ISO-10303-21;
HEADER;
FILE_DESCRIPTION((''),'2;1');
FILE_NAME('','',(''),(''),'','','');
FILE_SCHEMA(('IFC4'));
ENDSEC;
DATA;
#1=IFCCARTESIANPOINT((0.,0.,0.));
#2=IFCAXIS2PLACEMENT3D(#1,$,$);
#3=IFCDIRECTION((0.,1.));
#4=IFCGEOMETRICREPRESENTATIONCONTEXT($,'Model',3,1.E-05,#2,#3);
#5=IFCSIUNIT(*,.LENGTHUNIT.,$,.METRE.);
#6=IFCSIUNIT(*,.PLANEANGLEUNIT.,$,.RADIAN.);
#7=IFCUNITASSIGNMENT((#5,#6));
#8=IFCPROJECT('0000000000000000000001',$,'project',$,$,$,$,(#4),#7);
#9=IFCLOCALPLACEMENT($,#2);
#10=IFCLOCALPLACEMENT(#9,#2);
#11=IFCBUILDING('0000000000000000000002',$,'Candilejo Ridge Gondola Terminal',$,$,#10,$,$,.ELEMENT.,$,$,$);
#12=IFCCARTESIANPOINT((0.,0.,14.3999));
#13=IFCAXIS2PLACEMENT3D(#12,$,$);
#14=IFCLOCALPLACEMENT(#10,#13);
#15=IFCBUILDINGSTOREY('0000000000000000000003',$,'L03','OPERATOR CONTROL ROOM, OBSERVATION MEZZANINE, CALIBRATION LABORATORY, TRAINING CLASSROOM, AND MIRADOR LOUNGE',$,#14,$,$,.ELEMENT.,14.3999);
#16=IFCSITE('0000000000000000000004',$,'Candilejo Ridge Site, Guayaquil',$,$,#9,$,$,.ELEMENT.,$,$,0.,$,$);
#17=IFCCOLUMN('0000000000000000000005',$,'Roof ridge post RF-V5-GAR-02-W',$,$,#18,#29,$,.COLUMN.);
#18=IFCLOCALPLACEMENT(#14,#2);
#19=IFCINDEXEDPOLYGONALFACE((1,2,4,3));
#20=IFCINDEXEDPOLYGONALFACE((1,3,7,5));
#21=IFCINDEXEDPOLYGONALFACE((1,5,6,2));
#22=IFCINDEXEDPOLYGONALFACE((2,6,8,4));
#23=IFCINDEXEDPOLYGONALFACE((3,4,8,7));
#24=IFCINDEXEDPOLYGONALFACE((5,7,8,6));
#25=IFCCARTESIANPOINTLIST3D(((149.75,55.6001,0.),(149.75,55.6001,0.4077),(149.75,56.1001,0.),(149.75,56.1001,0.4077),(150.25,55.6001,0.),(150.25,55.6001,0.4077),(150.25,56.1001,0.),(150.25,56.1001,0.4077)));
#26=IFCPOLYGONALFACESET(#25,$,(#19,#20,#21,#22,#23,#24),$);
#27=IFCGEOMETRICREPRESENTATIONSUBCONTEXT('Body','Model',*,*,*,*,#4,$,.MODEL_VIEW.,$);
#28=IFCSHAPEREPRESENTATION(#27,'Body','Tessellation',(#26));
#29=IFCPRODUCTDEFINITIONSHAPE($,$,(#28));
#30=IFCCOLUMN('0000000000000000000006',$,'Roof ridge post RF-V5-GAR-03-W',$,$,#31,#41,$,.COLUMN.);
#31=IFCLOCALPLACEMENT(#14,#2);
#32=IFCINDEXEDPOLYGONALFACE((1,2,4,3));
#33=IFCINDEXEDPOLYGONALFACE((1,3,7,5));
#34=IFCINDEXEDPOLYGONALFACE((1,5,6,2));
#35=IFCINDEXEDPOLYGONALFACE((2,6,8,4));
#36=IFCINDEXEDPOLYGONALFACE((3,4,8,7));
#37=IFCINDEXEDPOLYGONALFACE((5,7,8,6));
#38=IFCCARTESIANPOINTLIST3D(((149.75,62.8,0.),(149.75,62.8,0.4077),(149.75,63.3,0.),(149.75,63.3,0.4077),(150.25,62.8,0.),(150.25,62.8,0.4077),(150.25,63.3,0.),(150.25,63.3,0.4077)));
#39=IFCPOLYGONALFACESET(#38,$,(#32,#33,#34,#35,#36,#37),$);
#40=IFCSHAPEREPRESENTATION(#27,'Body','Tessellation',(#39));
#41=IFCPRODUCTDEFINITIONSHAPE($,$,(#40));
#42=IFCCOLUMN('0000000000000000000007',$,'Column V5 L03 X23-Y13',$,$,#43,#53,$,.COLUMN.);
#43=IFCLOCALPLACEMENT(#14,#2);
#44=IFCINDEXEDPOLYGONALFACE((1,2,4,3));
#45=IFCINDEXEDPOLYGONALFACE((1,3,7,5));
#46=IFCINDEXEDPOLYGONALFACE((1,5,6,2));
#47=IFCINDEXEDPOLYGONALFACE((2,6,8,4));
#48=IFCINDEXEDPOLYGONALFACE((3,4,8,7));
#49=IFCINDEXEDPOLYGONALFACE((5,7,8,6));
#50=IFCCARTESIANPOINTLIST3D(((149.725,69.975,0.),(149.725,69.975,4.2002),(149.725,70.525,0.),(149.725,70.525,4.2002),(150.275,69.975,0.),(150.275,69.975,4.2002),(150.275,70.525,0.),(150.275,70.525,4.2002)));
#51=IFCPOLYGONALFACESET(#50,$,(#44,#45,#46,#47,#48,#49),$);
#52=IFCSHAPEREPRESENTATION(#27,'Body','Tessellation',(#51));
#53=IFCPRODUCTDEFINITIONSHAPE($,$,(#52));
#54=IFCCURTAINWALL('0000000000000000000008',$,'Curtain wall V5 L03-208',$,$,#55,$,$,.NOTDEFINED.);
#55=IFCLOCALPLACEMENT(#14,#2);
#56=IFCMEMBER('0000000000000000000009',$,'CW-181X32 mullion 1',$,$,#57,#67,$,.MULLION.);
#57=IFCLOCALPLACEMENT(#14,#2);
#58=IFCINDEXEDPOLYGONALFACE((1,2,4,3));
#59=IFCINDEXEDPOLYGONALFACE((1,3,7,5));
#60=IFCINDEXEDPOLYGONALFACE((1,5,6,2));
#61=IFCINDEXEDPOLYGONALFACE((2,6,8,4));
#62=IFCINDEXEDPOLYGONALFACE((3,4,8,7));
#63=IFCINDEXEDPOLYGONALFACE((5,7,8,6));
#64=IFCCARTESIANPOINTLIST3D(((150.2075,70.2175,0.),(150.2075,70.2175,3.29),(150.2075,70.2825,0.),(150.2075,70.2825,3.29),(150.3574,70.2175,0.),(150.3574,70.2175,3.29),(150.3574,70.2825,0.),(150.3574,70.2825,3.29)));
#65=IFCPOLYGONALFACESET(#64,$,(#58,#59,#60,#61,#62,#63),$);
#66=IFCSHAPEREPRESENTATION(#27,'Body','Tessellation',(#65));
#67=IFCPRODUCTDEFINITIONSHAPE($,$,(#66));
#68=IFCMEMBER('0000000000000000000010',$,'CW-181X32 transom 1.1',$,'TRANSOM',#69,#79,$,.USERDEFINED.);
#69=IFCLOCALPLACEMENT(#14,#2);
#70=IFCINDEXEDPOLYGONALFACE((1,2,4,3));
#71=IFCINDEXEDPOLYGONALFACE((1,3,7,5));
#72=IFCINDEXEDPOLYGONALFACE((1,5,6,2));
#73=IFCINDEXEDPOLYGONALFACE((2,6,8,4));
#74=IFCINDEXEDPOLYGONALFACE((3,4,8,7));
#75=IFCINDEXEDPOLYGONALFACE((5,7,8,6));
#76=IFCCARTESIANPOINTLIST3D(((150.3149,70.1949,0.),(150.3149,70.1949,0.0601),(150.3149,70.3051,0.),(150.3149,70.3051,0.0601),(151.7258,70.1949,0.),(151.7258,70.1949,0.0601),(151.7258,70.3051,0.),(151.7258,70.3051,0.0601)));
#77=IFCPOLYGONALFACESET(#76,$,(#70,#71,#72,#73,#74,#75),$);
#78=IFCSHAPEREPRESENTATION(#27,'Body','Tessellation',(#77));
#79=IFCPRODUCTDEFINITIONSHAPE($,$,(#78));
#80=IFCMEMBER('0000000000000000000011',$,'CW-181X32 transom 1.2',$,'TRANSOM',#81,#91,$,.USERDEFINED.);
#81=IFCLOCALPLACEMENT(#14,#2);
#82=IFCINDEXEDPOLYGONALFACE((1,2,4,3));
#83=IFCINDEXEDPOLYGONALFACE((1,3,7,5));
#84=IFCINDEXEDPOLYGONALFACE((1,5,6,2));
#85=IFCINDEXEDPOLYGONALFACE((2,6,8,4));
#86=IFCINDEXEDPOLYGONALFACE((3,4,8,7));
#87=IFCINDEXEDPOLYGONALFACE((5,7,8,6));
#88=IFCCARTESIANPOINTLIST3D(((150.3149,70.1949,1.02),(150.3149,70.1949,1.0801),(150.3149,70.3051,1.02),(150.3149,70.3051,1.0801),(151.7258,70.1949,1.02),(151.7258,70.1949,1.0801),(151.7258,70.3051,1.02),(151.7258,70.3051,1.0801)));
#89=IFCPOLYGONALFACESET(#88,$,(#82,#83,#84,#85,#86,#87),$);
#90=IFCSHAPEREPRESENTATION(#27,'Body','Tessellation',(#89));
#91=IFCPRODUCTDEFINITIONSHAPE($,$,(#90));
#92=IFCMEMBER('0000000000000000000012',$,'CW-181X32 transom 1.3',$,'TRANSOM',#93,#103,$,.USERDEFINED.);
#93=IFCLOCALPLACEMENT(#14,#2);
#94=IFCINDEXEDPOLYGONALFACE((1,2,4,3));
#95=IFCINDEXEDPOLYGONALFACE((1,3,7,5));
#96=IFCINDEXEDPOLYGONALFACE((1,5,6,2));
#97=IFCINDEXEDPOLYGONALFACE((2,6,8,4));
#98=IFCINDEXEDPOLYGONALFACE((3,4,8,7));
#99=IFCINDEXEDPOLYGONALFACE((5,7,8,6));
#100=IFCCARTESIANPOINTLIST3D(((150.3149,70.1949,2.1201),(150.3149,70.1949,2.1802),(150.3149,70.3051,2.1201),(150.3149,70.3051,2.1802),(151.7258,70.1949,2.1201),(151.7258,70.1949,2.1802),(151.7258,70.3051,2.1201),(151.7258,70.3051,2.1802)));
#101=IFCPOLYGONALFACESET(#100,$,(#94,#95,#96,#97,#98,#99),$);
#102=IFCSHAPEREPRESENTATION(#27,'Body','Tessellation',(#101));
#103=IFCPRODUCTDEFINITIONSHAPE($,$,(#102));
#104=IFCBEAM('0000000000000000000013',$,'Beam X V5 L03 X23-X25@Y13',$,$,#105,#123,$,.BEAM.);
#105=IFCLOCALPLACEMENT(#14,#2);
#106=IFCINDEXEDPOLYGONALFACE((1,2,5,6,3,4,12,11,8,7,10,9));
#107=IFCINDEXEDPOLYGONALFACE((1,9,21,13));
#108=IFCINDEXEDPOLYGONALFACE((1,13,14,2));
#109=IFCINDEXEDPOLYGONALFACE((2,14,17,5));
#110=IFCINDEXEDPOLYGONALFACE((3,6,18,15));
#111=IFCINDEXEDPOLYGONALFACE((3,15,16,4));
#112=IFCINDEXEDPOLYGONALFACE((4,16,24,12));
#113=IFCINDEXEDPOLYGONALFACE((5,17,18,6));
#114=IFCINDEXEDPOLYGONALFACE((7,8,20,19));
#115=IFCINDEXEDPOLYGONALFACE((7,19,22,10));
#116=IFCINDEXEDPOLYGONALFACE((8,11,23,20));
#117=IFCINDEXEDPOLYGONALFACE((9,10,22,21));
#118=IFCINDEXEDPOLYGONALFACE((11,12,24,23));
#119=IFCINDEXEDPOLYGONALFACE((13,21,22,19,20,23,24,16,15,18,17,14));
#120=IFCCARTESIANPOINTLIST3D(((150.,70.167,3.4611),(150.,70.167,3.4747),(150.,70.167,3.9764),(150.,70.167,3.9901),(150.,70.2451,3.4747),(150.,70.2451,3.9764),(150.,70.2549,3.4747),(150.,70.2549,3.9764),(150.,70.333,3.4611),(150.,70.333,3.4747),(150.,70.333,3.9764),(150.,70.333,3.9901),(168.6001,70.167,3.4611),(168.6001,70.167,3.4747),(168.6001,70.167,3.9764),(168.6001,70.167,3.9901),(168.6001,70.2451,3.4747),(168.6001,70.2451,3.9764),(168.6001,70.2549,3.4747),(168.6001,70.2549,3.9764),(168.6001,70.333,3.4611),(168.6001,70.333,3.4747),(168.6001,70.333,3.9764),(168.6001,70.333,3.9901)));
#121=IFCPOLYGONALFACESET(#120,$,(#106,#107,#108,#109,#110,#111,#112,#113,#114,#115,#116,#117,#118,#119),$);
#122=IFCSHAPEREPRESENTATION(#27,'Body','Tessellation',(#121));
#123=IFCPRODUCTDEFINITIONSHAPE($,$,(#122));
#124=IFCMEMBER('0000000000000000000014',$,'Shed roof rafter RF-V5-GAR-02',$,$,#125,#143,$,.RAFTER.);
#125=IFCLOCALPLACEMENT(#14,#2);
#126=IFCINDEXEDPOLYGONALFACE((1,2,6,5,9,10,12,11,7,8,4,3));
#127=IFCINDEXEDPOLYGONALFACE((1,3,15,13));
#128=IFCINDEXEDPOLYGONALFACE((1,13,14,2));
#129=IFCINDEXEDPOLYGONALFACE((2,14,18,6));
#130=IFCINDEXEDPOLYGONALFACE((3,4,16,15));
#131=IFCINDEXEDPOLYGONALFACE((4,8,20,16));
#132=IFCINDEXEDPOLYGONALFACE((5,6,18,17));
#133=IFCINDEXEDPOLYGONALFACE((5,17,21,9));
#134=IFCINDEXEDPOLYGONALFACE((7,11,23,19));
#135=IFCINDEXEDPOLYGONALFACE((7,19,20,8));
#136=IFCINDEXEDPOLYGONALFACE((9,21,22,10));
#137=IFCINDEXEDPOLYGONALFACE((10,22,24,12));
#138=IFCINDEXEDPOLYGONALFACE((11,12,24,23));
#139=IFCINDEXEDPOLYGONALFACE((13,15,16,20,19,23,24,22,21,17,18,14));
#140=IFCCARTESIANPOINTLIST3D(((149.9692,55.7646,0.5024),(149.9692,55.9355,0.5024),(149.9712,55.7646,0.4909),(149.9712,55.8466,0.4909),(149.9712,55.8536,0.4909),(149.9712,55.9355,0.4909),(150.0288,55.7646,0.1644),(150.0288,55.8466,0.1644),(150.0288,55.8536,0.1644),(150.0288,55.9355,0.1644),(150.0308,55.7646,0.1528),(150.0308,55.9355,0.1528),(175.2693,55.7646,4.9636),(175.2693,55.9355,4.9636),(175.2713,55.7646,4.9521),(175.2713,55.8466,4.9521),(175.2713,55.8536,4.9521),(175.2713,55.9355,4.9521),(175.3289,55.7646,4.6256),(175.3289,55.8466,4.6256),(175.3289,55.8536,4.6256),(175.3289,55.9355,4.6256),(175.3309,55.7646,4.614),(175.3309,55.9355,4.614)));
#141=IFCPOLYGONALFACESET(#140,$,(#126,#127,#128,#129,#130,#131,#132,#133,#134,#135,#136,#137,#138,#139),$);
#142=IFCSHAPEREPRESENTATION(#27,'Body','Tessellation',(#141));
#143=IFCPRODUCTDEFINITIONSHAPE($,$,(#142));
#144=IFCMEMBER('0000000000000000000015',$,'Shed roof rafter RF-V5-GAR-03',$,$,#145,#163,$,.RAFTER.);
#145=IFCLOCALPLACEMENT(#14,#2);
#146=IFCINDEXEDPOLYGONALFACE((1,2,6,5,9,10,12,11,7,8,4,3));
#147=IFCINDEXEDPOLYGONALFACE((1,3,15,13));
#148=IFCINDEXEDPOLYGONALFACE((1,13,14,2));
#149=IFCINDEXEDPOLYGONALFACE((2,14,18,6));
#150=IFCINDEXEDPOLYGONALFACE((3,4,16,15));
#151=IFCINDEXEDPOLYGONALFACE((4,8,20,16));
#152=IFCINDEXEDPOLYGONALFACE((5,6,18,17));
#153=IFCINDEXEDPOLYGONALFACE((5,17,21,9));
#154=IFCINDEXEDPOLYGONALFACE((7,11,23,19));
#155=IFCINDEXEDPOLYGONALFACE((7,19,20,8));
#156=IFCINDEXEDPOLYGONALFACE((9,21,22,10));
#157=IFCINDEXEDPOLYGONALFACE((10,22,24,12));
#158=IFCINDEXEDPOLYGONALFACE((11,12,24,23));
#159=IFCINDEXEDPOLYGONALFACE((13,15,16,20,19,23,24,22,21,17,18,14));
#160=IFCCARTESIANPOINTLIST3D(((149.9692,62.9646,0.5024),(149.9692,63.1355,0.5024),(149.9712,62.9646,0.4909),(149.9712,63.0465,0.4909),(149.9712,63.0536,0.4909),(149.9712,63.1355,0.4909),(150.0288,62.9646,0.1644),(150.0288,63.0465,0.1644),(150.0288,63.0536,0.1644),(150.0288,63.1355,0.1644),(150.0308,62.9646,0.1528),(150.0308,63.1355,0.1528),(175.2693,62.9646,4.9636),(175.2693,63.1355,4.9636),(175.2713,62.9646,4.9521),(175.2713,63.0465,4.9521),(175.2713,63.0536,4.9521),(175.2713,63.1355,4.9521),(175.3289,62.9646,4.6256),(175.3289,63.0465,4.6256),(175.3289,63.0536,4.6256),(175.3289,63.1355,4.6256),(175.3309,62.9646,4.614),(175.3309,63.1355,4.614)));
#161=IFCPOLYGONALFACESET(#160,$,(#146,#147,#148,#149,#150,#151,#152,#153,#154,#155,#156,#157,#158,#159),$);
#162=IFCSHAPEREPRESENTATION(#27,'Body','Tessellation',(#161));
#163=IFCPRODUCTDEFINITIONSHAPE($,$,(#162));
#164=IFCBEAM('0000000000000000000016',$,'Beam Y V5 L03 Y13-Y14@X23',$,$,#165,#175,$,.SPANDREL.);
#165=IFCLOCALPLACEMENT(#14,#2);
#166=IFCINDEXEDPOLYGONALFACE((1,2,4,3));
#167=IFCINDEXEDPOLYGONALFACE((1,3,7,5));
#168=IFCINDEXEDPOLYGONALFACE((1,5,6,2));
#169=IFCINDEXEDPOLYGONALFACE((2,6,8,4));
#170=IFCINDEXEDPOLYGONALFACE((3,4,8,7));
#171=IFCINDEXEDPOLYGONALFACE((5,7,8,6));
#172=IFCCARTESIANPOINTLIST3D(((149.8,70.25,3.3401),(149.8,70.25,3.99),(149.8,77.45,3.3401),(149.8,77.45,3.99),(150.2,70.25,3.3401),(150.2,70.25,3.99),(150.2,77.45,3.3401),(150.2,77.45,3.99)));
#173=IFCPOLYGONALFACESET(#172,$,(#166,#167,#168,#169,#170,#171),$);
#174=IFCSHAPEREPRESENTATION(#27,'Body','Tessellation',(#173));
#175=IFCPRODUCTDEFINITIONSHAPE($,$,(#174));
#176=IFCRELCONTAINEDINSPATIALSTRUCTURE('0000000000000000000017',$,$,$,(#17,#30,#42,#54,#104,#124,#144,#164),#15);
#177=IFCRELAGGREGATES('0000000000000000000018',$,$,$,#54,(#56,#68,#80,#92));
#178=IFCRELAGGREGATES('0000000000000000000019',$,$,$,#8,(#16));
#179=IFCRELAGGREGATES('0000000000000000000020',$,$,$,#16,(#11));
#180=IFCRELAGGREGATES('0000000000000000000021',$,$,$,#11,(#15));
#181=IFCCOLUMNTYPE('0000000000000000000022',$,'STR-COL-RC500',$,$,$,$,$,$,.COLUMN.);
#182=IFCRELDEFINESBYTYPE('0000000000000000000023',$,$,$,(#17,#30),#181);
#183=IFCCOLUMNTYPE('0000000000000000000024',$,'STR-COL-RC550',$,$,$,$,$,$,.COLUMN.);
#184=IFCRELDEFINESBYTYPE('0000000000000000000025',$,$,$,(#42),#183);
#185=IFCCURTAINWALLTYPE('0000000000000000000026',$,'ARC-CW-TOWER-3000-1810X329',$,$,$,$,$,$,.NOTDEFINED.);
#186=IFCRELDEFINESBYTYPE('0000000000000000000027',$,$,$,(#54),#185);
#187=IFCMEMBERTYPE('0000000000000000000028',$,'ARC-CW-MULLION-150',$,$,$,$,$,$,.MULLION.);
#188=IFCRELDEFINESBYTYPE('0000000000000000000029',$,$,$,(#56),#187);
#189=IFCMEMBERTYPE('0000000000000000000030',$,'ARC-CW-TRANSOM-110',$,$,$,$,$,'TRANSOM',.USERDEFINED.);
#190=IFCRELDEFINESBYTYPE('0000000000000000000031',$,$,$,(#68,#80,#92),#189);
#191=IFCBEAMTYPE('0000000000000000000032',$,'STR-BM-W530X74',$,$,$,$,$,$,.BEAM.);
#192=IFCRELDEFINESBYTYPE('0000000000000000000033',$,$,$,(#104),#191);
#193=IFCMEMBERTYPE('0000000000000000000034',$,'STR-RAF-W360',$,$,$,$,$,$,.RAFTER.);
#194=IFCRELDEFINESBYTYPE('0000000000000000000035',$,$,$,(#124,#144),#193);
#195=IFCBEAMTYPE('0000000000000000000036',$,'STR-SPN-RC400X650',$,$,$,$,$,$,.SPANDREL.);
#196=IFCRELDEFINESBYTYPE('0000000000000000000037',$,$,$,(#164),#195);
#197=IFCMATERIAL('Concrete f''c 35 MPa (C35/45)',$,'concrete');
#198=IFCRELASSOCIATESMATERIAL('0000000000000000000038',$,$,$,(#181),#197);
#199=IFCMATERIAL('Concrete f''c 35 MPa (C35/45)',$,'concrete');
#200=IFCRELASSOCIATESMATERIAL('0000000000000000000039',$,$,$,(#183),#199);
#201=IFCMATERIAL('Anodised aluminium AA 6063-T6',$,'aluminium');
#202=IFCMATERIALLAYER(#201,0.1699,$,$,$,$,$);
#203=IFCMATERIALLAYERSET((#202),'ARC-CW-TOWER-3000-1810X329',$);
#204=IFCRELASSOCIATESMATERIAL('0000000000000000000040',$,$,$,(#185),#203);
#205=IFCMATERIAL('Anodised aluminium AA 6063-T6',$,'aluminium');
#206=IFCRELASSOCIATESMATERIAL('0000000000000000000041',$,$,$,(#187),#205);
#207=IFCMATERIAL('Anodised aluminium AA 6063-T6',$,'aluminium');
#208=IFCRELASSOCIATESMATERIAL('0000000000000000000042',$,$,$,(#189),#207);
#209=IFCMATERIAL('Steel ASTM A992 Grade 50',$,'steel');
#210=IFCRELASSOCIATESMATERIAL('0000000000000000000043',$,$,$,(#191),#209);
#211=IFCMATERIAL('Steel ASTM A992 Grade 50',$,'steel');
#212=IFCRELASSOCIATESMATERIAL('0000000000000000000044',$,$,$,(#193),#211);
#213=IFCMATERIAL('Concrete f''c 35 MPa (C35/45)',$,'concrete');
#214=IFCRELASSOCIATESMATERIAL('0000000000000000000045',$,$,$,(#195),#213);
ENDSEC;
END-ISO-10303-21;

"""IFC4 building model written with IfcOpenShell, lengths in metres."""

from ifc_helpers import new_model, si_unit, direction, frame, origin, origin_2d, place, context, subcontext, project, spatial, rectangle, i_section, extrude, material, layer, layer_set, material_profile, profile_set, type_object, element, aggregate, save


model = new_model("IFC4")

# Units and contexts
model_context = context("Model", 3, precision=1e-05, world=origin(), true_north=direction((0.0, 1.0)))
body_context = subcontext(model_context, "Body", "Model", "MODEL_VIEW")
ifc_project = project(units=[si_unit("LENGTHUNIT", "METRE"), si_unit("PLANEANGLEUNIT", "RADIAN")], contexts=[model_context])

# Site, building, storey
site_placement = place(None, origin())
site = spatial("IfcSite", under=ifc_project, at=site_placement, Name="Candilejo Ridge Site, Guayaquil", CompositionType="ELEMENT", RefElevation=0.0)
building_placement = place(site_placement, origin())
building = spatial("IfcBuilding", under=site, at=building_placement, Name="Candilejo Ridge Gondola Terminal", CompositionType="ELEMENT")
storey_placement = place(building_placement, frame((0.0, 0.0, 14.3999)))
storey = spatial("IfcBuildingStorey", under=building, at=storey_placement, Name="L03", Description="OPERATOR CONTROL ROOM, OBSERVATION MEZZANINE, CALIBRATION LABORATORY, TRAINING CLASSROOM, AND MIRADOR LOUNGE", CompositionType="ELEMENT", Elevation=14.3999)

# Columns
ifc_material_1 = material(Name="Concrete f'c 35 MPa (C35/45)", Category="concrete")
ifc_material_profile_1 = material_profile(ifc_material_1, rectangle(XDim=0.5, YDim=0.5, at=origin_2d()))
ifc_profile_set_1 = profile_set([ifc_material_profile_1], Name="Concrete f'c 35 MPa (C35/45)")
column_type_1 = type_object("IfcColumnType", Name="STR-COL-RC500", PredefinedType="COLUMN", material=ifc_profile_set_1)
for number, where, z_axis, x_axis, name in (
    (1, (150.0, 55.8501, 0.0), (0.0, 0.0, 1.0), (1.0, 0.0, 0.0), "Roof ridge post RF-V5-GAR-02-W"),
    (2, (150.0, 63.05, 0.0), (0.0, 0.0, 1.0), (1.0, 0.0, 0.0), "Roof ridge post RF-V5-GAR-03-W"),
):
    element("IfcColumn", number, at=place(storey_placement, frame(where, z_axis=z_axis, x_axis=x_axis)), inside=storey, type_object=column_type_1, Name=name, PredefinedType="COLUMN", context=body_context, shape_type="SweptSolid", body=[
        extrude(rectangle(XDim=0.5, YDim=0.5, at=origin_2d()), origin(), (0.0, 0.0, 1.0), 0.4077),
    ])
ifc_material_2 = material(Name="Concrete f'c 35 MPa (C35/45)", Category="concrete")
ifc_material_profile_2 = material_profile(ifc_material_2, rectangle(XDim=0.55, YDim=0.55, at=origin_2d()))
ifc_profile_set_2 = profile_set([ifc_material_profile_2], Name="Concrete f'c 35 MPa (C35/45)")
column_type_2 = type_object("IfcColumnType", Name="STR-COL-RC550", PredefinedType="COLUMN", material=ifc_profile_set_2)
column_placement = place(storey_placement, frame((150.0, 70.25, 0.0), z_axis=(0.0, 0.0, 1.0), x_axis=(1.0, 0.0, 0.0)))
element("IfcColumn", 3, at=column_placement, inside=storey, type_object=column_type_2, Name="Column V5 L03 X23-Y13", PredefinedType="COLUMN", context=body_context, shape_type="SweptSolid", body=[
    extrude(rectangle(XDim=0.55, YDim=0.55, at=origin_2d()), origin(), (0.0, 0.0, 1.0), 4.2002),
])

# Curtain wall, members
ifc_material_3 = material(Name="Anodised aluminium AA 6063-T6", Category="aluminium")
ifc_layer_1 = layer(ifc_material_3, 0.1699)
ifc_layer_set_1 = layer_set([ifc_layer_1], Name="ARC-CW-TOWER-3000-1810X329")
curtain_wall_type = type_object("IfcCurtainWallType", Name="ARC-CW-TOWER-3000-1810X329", PredefinedType="NOTDEFINED", material=ifc_layer_set_1)
curtain_wall_placement = place(storey_placement, origin())
curtain_wall = element("IfcCurtainWall", 4, at=curtain_wall_placement, inside=storey, type_object=curtain_wall_type, Name="Curtain wall V5 L03-208", PredefinedType="NOTDEFINED")
ifc_material_4 = material(Name="Anodised aluminium AA 6063-T6", Category="aluminium")
ifc_material_profile_3 = material_profile(ifc_material_4, rectangle(XDim=0.0649, YDim=0.1499, at=origin_2d()))
ifc_profile_set_3 = profile_set([ifc_material_profile_3], Name="Anodised aluminium AA 6063-T6")
member_type_1 = type_object("IfcMemberType", Name="ARC-CW-MULLION-150", PredefinedType="MULLION", material=ifc_profile_set_3)
member_1_placement = place(storey_placement, frame((150.2825, 70.25, 0.0), z_axis=(0.0, 0.0, 1.0), x_axis=(0.0, 1.0, 0.0)))
member_1 = element("IfcMember", 5, at=member_1_placement, type_object=member_type_1, Name="CW-181X32 mullion 1", PredefinedType="MULLION", context=body_context, shape_type="SweptSolid", body=[
    extrude(rectangle(XDim=0.0649, YDim=0.1499, at=origin_2d()), origin(), (0.0, 0.0, 1.0), 3.29),
])
ifc_material_5 = material(Name="Anodised aluminium AA 6063-T6", Category="aluminium")
ifc_material_profile_4 = material_profile(ifc_material_5, rectangle(XDim=0.1101, YDim=0.0601, at=origin_2d()))
ifc_profile_set_4 = profile_set([ifc_material_profile_4], Name="Anodised aluminium AA 6063-T6")
member_type_2 = type_object("IfcMemberType", Name="ARC-CW-TRANSOM-110", ElementType="TRANSOM", PredefinedType="USERDEFINED", material=ifc_profile_set_4)
member_2_placement = place(storey_placement, frame((150.3149, 70.25, 0.03), z_axis=(1.0, 0.0, 0.0), x_axis=(0.0, 1.0, 0.0)))
member_2 = element("IfcMember", 6, at=member_2_placement, type_object=member_type_2, Name="CW-181X32 transom 1.1", ObjectType="TRANSOM", PredefinedType="USERDEFINED", context=body_context, shape_type="SweptSolid", body=[
    extrude(rectangle(XDim=0.1101, YDim=0.0601, at=origin_2d()), origin(), (0.0, 0.0, 1.0), 1.4109),
])
member_3_placement = place(storey_placement, frame((150.3149, 70.25, 1.05), z_axis=(1.0, 0.0, 0.0), x_axis=(0.0, 1.0, 0.0)))
member_3 = element("IfcMember", 7, at=member_3_placement, type_object=member_type_2, Name="CW-181X32 transom 1.2", ObjectType="TRANSOM", PredefinedType="USERDEFINED", context=body_context, shape_type="SweptSolid", body=[
    extrude(rectangle(XDim=0.1101, YDim=0.0601, at=origin_2d()), origin(), (0.0, 0.0, 1.0), 1.4109),
])
member_4_placement = place(storey_placement, frame((150.3149, 70.25, 2.1501), z_axis=(1.0, 0.0, 0.0), x_axis=(0.0, 1.0, 0.0)))
member_4 = element("IfcMember", 8, at=member_4_placement, type_object=member_type_2, Name="CW-181X32 transom 1.3", ObjectType="TRANSOM", PredefinedType="USERDEFINED", context=body_context, shape_type="SweptSolid", body=[
    extrude(rectangle(XDim=0.1101, YDim=0.0601, at=origin_2d()), origin(), (0.0, 0.0, 1.0), 1.4109),
])
aggregate(curtain_wall, [member_1, member_2, member_3, member_4])

# Beam
ifc_material_6 = material(Name="Steel ASTM A992 Grade 50", Category="steel")
ifc_material_profile_5 = material_profile(ifc_material_6, i_section(OverallWidth=0.166, OverallDepth=0.5291, WebThickness=0.0098, FlangeThickness=0.0137, at=origin_2d()))
ifc_profile_set_5 = profile_set([ifc_material_profile_5], Name="Steel ASTM A992 Grade 50")
beam_type_1 = type_object("IfcBeamType", Name="STR-BM-W530X74", PredefinedType="BEAM", material=ifc_profile_set_5)
beam_1_placement = place(storey_placement, frame((150.0, 70.25, 3.7256), z_axis=(1.0, 0.0, 0.0), x_axis=(0.0, 1.0, 0.0)))
element("IfcBeam", 9, at=beam_1_placement, inside=storey, type_object=beam_type_1, Name="Beam X V5 L03 X23-X25@Y13", PredefinedType="BEAM", context=body_context, shape_type="SweptSolid", body=[
    extrude(i_section(OverallWidth=0.166, OverallDepth=0.5291, WebThickness=0.0098, FlangeThickness=0.0137, at=origin_2d()), origin(), (0.0, 0.0, 1.0), 18.6001),
])

# Members
ifc_material_7 = material(Name="Steel ASTM A992 Grade 50", Category="steel")
ifc_material_profile_6 = material_profile(ifc_material_7, i_section(OverallWidth=0.1709, OverallDepth=0.355, WebThickness=0.0071, FlangeThickness=0.0117, at=origin_2d()))
ifc_profile_set_6 = profile_set([ifc_material_profile_6], Name="Steel ASTM A992 Grade 50")
member_type_3 = type_object("IfcMemberType", Name="STR-RAF-W360", PredefinedType="RAFTER", material=ifc_profile_set_6)
for number, where, z_axis, x_axis, name in (
    (10, (150.0, 55.8501, 0.3276), (0.984807, 0.0, 0.173652), (0.0, 1.0, 0.0), "Shed roof rafter RF-V5-GAR-02"),
    (11, (150.0, 63.05, 0.3276), (0.984807, 0.0, 0.173652), (0.0, 1.0, 0.0), "Shed roof rafter RF-V5-GAR-03"),
):
    element("IfcMember", number, at=place(storey_placement, frame(where, z_axis=z_axis, x_axis=x_axis)), inside=storey, type_object=member_type_3, Name=name, PredefinedType="RAFTER", context=body_context, shape_type="SweptSolid", body=[
        extrude(i_section(OverallWidth=0.1709, OverallDepth=0.355, WebThickness=0.0071, FlangeThickness=0.0117, at=origin_2d()), origin(), (0.0, 0.0, 1.0), 25.6904),
    ])

# Beam
ifc_material_8 = material(Name="Concrete f'c 35 MPa (C35/45)", Category="concrete")
ifc_material_profile_7 = material_profile(ifc_material_8, rectangle(XDim=0.3999, YDim=0.6499, at=origin_2d()))
ifc_profile_set_7 = profile_set([ifc_material_profile_7], Name="Concrete f'c 35 MPa (C35/45)")
beam_type_2 = type_object("IfcBeamType", Name="STR-SPN-RC400X650", PredefinedType="SPANDREL", material=ifc_profile_set_7)
beam_2_placement = place(storey_placement, frame((150.0, 70.25, 3.665), z_axis=(0.0, 1.0, 0.0), x_axis=(-1.0, 0.0, 0.0)))
element("IfcBeam", 12, at=beam_2_placement, inside=storey, type_object=beam_type_2, Name="Beam Y V5 L03 Y13-Y14@X23", PredefinedType="SPANDREL", context=body_context, shape_type="SweptSolid", body=[
    extrude(rectangle(XDim=0.3999, YDim=0.6499, at=origin_2d()), origin(), (0.0, 0.0, 1.0), 7.2),
])

save(model, "model.ifc")
